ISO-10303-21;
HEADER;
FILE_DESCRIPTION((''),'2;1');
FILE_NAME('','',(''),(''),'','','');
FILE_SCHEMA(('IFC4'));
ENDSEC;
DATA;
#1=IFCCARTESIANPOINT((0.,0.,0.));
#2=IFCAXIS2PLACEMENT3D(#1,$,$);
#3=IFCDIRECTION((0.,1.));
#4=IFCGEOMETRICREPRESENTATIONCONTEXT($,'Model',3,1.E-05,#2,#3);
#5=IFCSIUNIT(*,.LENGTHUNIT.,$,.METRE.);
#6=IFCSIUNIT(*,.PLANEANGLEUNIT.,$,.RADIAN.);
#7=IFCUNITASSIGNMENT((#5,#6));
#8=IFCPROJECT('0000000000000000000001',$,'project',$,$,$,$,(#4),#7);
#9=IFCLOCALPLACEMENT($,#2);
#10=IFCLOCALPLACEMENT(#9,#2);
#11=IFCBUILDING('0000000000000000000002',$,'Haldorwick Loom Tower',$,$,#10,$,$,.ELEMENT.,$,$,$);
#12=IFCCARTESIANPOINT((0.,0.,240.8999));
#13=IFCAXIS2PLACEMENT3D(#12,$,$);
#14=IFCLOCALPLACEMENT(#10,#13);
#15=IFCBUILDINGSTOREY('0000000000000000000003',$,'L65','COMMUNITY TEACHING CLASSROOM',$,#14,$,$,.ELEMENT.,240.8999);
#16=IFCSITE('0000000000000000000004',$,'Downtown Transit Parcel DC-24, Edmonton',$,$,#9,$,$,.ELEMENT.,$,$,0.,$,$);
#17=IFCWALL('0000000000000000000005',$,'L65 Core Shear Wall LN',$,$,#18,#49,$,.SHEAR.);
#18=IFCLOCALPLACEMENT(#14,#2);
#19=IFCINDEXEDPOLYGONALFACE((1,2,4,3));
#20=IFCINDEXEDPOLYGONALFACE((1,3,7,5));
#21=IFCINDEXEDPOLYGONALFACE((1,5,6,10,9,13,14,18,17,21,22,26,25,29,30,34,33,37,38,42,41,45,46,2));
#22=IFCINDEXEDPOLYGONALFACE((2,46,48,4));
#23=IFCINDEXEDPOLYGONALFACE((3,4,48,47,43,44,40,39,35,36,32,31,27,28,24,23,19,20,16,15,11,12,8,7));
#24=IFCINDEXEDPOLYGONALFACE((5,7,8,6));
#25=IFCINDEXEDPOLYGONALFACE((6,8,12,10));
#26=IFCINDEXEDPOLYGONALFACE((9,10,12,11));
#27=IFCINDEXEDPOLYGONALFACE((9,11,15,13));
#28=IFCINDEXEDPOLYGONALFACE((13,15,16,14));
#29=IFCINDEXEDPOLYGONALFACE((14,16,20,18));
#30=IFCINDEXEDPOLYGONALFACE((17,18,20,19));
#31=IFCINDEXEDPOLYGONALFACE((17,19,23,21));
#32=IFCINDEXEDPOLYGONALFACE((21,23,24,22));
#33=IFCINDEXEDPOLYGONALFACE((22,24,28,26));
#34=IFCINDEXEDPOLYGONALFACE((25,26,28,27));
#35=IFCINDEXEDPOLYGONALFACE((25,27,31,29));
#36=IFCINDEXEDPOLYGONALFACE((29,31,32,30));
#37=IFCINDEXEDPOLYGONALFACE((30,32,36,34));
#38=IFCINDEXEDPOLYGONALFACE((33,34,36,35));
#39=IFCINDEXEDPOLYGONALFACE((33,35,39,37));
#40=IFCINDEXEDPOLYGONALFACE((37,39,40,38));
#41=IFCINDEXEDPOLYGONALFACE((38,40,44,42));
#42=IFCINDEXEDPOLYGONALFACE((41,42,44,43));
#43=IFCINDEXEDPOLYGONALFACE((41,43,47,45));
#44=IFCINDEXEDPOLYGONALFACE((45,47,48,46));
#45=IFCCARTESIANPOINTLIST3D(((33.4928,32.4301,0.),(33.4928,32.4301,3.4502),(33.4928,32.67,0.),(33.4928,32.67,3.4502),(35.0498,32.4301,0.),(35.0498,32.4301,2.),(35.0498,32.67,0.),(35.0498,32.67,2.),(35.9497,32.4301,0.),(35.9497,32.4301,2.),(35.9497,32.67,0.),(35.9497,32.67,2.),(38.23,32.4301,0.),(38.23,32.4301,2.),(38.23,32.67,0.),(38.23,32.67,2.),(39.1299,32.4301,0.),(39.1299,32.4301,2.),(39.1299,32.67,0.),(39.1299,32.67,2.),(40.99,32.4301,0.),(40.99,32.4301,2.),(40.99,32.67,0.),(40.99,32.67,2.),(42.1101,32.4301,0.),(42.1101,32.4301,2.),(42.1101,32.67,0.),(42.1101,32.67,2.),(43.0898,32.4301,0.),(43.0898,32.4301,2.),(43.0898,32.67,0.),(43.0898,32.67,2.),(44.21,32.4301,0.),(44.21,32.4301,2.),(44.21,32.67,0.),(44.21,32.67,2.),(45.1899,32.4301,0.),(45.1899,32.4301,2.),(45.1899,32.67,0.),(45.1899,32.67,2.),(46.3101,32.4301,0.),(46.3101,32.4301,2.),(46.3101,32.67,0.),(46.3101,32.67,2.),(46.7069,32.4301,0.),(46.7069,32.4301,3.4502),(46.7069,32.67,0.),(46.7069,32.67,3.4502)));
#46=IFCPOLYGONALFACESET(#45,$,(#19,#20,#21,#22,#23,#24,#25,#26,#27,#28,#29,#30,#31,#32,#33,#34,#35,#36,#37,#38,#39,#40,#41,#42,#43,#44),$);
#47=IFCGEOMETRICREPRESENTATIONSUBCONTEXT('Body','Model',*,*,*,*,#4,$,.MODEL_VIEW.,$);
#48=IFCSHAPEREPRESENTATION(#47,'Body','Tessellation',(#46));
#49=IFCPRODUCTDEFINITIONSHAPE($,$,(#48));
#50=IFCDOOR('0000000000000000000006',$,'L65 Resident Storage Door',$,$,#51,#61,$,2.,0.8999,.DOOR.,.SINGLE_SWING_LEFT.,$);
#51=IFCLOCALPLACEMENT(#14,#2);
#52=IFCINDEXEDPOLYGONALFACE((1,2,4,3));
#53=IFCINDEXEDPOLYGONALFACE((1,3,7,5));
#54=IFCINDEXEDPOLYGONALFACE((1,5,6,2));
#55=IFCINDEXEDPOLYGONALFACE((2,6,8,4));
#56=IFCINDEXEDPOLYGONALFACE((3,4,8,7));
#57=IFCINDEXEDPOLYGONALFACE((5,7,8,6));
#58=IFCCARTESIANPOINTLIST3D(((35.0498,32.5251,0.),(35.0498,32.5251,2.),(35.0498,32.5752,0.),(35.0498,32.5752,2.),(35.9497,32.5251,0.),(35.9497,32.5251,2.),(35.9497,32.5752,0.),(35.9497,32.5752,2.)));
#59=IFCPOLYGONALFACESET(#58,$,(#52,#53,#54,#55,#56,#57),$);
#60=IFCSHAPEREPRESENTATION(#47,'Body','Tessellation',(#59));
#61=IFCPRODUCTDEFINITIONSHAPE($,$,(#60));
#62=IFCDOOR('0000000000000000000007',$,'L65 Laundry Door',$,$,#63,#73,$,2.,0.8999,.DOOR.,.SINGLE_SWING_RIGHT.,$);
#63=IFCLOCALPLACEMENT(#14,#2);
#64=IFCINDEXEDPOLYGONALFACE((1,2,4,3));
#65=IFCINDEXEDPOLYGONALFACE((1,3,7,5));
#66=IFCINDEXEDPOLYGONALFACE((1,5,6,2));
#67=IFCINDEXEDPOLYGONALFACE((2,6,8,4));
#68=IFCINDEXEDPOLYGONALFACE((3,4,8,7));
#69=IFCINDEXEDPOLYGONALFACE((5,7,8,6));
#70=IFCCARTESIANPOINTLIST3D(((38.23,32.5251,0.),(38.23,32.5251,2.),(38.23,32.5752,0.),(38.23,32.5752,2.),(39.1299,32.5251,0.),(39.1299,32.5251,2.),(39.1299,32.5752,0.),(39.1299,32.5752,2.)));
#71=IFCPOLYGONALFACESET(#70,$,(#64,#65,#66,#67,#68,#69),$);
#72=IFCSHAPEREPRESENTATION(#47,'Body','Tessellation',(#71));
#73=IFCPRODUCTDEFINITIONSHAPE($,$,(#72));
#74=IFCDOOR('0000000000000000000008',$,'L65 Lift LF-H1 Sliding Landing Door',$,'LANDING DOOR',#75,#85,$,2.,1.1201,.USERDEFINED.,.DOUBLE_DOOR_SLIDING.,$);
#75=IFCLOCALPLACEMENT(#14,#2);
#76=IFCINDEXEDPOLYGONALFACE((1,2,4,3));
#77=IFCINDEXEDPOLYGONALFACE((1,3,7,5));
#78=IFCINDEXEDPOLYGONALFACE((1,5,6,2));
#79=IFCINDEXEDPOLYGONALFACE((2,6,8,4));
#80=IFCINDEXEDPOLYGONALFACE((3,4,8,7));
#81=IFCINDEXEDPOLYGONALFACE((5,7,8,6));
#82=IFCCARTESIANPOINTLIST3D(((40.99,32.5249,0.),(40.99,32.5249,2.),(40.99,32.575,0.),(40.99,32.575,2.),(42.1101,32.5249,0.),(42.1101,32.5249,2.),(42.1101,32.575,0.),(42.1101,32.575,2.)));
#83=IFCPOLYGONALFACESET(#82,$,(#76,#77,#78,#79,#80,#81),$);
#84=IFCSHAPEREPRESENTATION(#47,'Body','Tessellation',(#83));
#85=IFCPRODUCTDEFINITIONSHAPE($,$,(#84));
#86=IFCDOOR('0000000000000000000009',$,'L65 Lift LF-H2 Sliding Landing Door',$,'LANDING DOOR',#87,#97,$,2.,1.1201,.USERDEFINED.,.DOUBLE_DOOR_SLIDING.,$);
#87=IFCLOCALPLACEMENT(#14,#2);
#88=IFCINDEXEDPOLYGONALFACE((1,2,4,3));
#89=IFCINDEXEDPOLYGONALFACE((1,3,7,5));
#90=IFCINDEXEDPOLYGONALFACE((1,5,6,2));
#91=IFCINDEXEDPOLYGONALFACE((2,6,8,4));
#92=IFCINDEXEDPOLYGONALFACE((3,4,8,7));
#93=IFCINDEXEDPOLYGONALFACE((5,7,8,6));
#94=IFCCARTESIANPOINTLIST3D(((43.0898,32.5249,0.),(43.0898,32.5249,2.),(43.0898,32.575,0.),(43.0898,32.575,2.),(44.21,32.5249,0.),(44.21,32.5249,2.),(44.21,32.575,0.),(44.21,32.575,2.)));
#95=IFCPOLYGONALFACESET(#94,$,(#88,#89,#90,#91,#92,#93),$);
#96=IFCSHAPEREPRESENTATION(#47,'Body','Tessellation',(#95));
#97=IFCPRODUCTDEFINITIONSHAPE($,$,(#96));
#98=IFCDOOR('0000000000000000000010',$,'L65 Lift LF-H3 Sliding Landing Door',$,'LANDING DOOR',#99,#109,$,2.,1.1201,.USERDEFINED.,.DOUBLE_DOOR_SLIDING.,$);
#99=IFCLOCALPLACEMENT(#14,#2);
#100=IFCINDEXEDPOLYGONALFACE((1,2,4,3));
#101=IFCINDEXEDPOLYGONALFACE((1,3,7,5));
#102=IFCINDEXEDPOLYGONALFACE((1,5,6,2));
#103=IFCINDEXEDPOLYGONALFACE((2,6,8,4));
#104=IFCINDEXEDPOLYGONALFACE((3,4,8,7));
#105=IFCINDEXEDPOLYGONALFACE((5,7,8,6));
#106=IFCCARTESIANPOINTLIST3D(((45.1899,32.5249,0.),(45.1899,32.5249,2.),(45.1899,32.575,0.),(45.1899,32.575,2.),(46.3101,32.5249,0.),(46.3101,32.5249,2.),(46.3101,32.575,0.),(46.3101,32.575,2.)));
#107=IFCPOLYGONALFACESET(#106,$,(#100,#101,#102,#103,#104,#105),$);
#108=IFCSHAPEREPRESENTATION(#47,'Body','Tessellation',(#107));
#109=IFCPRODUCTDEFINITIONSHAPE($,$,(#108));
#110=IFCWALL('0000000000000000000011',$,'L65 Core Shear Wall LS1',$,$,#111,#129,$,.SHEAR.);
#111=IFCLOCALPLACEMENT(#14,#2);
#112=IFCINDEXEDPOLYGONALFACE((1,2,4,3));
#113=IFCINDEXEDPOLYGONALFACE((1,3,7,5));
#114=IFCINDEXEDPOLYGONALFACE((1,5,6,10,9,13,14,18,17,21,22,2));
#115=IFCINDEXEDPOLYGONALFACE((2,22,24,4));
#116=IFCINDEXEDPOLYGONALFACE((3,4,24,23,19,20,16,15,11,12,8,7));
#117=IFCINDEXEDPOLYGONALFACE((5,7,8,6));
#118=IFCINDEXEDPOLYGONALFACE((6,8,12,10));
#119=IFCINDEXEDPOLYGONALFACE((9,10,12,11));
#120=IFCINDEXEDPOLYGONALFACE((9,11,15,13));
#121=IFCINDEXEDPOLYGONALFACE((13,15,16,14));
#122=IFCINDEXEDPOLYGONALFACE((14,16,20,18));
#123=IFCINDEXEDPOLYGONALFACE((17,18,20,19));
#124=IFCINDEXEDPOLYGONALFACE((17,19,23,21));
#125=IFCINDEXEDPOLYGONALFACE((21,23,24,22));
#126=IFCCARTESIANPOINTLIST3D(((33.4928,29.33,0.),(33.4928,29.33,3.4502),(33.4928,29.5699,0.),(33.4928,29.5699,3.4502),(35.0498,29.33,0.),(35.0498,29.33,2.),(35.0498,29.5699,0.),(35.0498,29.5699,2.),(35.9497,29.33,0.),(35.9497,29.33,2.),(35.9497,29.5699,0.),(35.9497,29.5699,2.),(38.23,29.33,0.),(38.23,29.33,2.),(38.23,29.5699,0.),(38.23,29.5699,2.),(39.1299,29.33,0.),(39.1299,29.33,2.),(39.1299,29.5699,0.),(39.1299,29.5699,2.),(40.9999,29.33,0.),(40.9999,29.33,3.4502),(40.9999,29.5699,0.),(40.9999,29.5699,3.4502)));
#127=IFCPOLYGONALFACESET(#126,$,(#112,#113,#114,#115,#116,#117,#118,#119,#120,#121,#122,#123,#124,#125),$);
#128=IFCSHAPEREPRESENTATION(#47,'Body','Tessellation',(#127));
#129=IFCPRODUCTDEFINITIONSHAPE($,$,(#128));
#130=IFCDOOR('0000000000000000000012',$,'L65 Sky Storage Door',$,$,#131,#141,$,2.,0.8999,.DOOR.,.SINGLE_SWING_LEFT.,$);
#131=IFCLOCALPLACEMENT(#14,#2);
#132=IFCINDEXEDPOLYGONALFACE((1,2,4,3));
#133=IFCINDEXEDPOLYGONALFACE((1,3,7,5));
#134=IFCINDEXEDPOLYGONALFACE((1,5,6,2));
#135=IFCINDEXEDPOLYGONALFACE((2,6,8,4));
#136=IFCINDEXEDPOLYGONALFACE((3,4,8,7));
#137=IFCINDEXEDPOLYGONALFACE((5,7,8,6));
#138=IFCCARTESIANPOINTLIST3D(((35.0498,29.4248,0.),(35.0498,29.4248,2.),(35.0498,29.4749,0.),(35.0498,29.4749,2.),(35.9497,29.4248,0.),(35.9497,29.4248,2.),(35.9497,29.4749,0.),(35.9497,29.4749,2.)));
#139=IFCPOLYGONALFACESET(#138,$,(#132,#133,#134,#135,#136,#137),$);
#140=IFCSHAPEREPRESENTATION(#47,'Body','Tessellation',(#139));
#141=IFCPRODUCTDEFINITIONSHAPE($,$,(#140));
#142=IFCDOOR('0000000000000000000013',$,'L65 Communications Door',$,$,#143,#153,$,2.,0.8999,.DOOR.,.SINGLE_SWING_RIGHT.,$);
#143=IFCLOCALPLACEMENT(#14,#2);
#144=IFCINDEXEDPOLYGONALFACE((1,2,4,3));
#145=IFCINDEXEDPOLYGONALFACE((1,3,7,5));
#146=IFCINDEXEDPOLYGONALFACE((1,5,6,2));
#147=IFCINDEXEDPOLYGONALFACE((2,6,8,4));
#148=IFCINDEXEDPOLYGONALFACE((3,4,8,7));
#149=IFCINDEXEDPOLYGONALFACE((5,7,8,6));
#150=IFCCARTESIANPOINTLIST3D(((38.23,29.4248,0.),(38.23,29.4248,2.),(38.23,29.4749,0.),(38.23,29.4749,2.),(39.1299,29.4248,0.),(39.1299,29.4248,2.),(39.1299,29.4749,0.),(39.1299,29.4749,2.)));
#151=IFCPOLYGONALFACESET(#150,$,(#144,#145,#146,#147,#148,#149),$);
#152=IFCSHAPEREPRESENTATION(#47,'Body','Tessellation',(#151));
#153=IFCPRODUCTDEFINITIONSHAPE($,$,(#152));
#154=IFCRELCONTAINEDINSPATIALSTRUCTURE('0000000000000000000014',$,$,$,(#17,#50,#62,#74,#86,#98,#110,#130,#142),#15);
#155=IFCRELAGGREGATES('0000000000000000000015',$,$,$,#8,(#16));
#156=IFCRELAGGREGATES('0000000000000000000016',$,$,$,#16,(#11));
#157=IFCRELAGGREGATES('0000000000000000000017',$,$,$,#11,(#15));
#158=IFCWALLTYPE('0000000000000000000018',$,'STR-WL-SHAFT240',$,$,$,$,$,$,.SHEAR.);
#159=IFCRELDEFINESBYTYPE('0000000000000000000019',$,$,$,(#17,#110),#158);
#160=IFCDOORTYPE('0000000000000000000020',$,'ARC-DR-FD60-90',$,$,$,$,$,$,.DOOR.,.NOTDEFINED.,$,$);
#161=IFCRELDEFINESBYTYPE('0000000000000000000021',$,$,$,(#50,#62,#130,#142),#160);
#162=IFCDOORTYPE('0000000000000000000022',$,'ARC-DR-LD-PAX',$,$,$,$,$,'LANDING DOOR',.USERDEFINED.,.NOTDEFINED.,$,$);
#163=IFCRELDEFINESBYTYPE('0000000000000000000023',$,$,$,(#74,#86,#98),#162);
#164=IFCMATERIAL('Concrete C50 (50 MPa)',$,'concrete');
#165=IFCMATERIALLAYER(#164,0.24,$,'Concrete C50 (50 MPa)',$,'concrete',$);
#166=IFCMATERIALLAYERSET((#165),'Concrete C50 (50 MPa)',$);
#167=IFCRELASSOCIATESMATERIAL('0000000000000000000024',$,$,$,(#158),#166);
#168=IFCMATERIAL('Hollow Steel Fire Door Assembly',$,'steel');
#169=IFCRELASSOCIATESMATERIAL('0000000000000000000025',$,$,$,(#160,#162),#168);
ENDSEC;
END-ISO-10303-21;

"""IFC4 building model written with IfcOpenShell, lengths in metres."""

from ifc_helpers import new_model, si_unit, direction, frame, frame_2d, origin, place, context, subcontext, project, spatial, rectangle, extrude, material, layer, layer_set, type_object, element, fill, save


model = new_model("IFC4")

# Units and contexts
model_context = context("Model", 3, precision=1e-05, world=origin(), true_north=direction((0.0, 1.0)))
body_context = subcontext(model_context, "Body", "Model", "MODEL_VIEW")
ifc_project = project(units=[si_unit("LENGTHUNIT", "METRE"), si_unit("PLANEANGLEUNIT", "RADIAN")], contexts=[model_context])

# Site, building, storey
site_placement = place(None, origin())
site = spatial("IfcSite", under=ifc_project, at=site_placement, Name="Downtown Transit Parcel DC-24, Edmonton", CompositionType="ELEMENT", RefElevation=0.0)
building_placement = place(site_placement, origin())
building = spatial("IfcBuilding", under=site, at=building_placement, Name="Haldorwick Loom Tower", CompositionType="ELEMENT")
storey_placement = place(building_placement, frame((0.0, 0.0, 240.8999)))
storey = spatial("IfcBuildingStorey", under=building, at=storey_placement, Name="L65", Description="COMMUNITY TEACHING CLASSROOM", CompositionType="ELEMENT", Elevation=240.8999)

# Shared definitions
ifc_material_1 = material(Name="Concrete C50 (50 MPa)", Category="concrete")
ifc_layer_1 = layer(ifc_material_1, 0.24, Name="Concrete C50 (50 MPa)", Category="concrete")
ifc_layer_set_1 = layer_set([ifc_layer_1], Name="Concrete C50 (50 MPa)")
wall_type_1 = type_object("IfcWallType", Name="STR-WL-SHAFT240", PredefinedType="SHEAR", material=ifc_layer_set_1)

# Shared definitions
ifc_material_2 = material(Name="Hollow Steel Fire Door Assembly", Category="steel")

# Walls, openings, doors
wall_1_placement = place(storey_placement, frame((33.4929, 32.55, 0.0), z_axis=(0.0, 0.0, 1.0), x_axis=(1.0, 0.0, 0.0)))
wall_1 = element("IfcWall", 1, at=wall_1_placement, inside=storey, type_object=wall_type_1, Name="L65 Core Shear Wall LN", PredefinedType="SHEAR", context=body_context, shape_type="SweptSolid", body=[
    extrude(rectangle(XDim=13.2141, YDim=0.24, at=frame_2d((6.6069, 0.0))), origin(), (0.0, 0.0, 1.0), 3.4502),
])
opening_1_placement = place(wall_1_placement, frame((1.5569, 0.0, 0.0)))
opening_1 = element("IfcOpeningElement", 2, at=opening_1_placement, cuts=wall_1, PredefinedType="OPENING", context=body_context, shape_type="SweptSolid", body=[
    extrude(rectangle(XDim=0.8999, YDim=2.0, at=frame_2d((0.45, 1.0))), frame((0.0, 0.1299, 0.0), z_axis=(0.0, -1.0, 0.0), x_axis=(1.0, 0.0, 0.0)), (0.0, 0.0, 1.0), 0.26),
])
opening_2_placement = place(wall_1_placement, frame((4.7371, 0.0, 0.0)))
opening_2 = element("IfcOpeningElement", 3, at=opening_2_placement, cuts=wall_1, PredefinedType="OPENING", context=body_context, shape_type="SweptSolid", body=[
    extrude(rectangle(XDim=0.8999, YDim=2.0, at=frame_2d((0.45, 1.0))), frame((0.0, 0.1299, 0.0), z_axis=(0.0, -1.0, 0.0), x_axis=(1.0, 0.0, 0.0)), (0.0, 0.0, 1.0), 0.26),
])
opening_3_placement = place(wall_1_placement, frame((7.4971, 0.0, 0.0)))
opening_3 = element("IfcOpeningElement", 4, at=opening_3_placement, cuts=wall_1, PredefinedType="OPENING", context=body_context, shape_type="SweptSolid", body=[
    extrude(rectangle(XDim=1.1201, YDim=2.0, at=frame_2d((0.5601, 1.0))), frame((0.0, 0.1299, 0.0), z_axis=(0.0, -1.0, 0.0), x_axis=(1.0, 0.0, 0.0)), (0.0, 0.0, 1.0), 0.26),
])
opening_4_placement = place(wall_1_placement, frame((9.5969, 0.0, 0.0)))
opening_4 = element("IfcOpeningElement", 5, at=opening_4_placement, cuts=wall_1, PredefinedType="OPENING", context=body_context, shape_type="SweptSolid", body=[
    extrude(rectangle(XDim=1.1201, YDim=2.0, at=frame_2d((0.5601, 1.0))), frame((0.0, 0.1299, 0.0), z_axis=(0.0, -1.0, 0.0), x_axis=(1.0, 0.0, 0.0)), (0.0, 0.0, 1.0), 0.26),
])
opening_5_placement = place(wall_1_placement, frame((11.697, 0.0, 0.0)))
opening_5 = element("IfcOpeningElement", 6, at=opening_5_placement, cuts=wall_1, PredefinedType="OPENING", context=body_context, shape_type="SweptSolid", body=[
    extrude(rectangle(XDim=1.1201, YDim=2.0, at=frame_2d((0.5601, 1.0))), frame((0.0, 0.1299, 0.0), z_axis=(0.0, -1.0, 0.0), x_axis=(1.0, 0.0, 0.0)), (0.0, 0.0, 1.0), 0.26),
])
door_type_1 = type_object("IfcDoorType", Name="ARC-DR-FD60-90", OperationType="NOTDEFINED", PredefinedType="DOOR", material=ifc_material_2)
door_1_placement = place(opening_1_placement, frame((0.8999, 0.0, 0.0), z_axis=(0.0, 0.0, 1.0), x_axis=(-1.0, 0.0, 0.0)))
door_1 = element("IfcDoor", 7, at=door_1_placement, inside=storey, type_object=door_type_1, Name="L65 Resident Storage Door", OperationType="SINGLE_SWING_LEFT", OverallHeight=2.0, OverallWidth=0.8999, PredefinedType="DOOR", context=body_context, shape_type="SweptSolid", body=[
    extrude(rectangle(XDim=0.8999, YDim=2.0, at=frame_2d((0.45, 1.0))), frame((0.0, 0.0249, 0.0), z_axis=(0.0, -1.0, 0.0), x_axis=(1.0, 0.0, 0.0)), (0.0, 0.0, 1.0), 0.05),
])
fill(opening_1, door_1)
door_2_placement = place(opening_2_placement, frame((0.8999, 0.0, 0.0), z_axis=(0.0, 0.0, 1.0), x_axis=(-1.0, 0.0, 0.0)))
door_2 = element("IfcDoor", 8, at=door_2_placement, inside=storey, type_object=door_type_1, Name="L65 Laundry Door", OperationType="SINGLE_SWING_RIGHT", OverallHeight=2.0, OverallWidth=0.8999, PredefinedType="DOOR", context=body_context, shape_type="SweptSolid", body=[
    extrude(rectangle(XDim=0.8999, YDim=2.0, at=frame_2d((0.45, 1.0))), frame((0.0, 0.0249, 0.0), z_axis=(0.0, -1.0, 0.0), x_axis=(1.0, 0.0, 0.0)), (0.0, 0.0, 1.0), 0.05),
])
fill(opening_2, door_2)
door_type_2 = type_object("IfcDoorType", Name="ARC-DR-LD-PAX", ElementType="LANDING DOOR", OperationType="NOTDEFINED", PredefinedType="USERDEFINED", material=ifc_material_2)
door_3_placement = place(opening_3_placement, origin())
door_3 = element("IfcDoor", 9, at=door_3_placement, inside=storey, type_object=door_type_2, Name="L65 Lift LF-H1 Sliding Landing Door", ObjectType="LANDING DOOR", OperationType="DOUBLE_DOOR_SLIDING", OverallHeight=2.0, OverallWidth=1.1201, PredefinedType="USERDEFINED", context=body_context, shape_type="SweptSolid", body=[
    extrude(rectangle(XDim=1.1201, YDim=2.0, at=frame_2d((0.5601, 1.0))), frame((0.0, 0.0249, 0.0), z_axis=(0.0, -1.0, 0.0), x_axis=(1.0, 0.0, 0.0)), (0.0, 0.0, 1.0), 0.05),
])
fill(opening_3, door_3)
door_4_placement = place(opening_4_placement, origin())
door_4 = element("IfcDoor", 10, at=door_4_placement, inside=storey, type_object=door_type_2, Name="L65 Lift LF-H2 Sliding Landing Door", ObjectType="LANDING DOOR", OperationType="DOUBLE_DOOR_SLIDING", OverallHeight=2.0, OverallWidth=1.1201, PredefinedType="USERDEFINED", context=body_context, shape_type="SweptSolid", body=[
    extrude(rectangle(XDim=1.1201, YDim=2.0, at=frame_2d((0.5601, 1.0))), frame((0.0, 0.0249, 0.0), z_axis=(0.0, -1.0, 0.0), x_axis=(1.0, 0.0, 0.0)), (0.0, 0.0, 1.0), 0.05),
])
fill(opening_4, door_4)
door_5_placement = place(opening_5_placement, origin())
door_5 = element("IfcDoor", 11, at=door_5_placement, inside=storey, type_object=door_type_2, Name="L65 Lift LF-H3 Sliding Landing Door", ObjectType="LANDING DOOR", OperationType="DOUBLE_DOOR_SLIDING", OverallHeight=2.0, OverallWidth=1.1201, PredefinedType="USERDEFINED", context=body_context, shape_type="SweptSolid", body=[
    extrude(rectangle(XDim=1.1201, YDim=2.0, at=frame_2d((0.5601, 1.0))), frame((0.0, 0.0249, 0.0), z_axis=(0.0, -1.0, 0.0), x_axis=(1.0, 0.0, 0.0)), (0.0, 0.0, 1.0), 0.05),
])
fill(opening_5, door_5)
wall_2_placement = place(storey_placement, frame((33.4929, 29.45, 0.0), z_axis=(0.0, 0.0, 1.0), x_axis=(1.0, 0.0, 0.0)))
wall_2 = element("IfcWall", 12, at=wall_2_placement, inside=storey, type_object=wall_type_1, Name="L65 Core Shear Wall LS1", PredefinedType="SHEAR", context=body_context, shape_type="SweptSolid", body=[
    extrude(rectangle(XDim=7.5071, YDim=0.24, at=frame_2d((3.7534, 0.0))), origin(), (0.0, 0.0, 1.0), 3.4502),
])
opening_6_placement = place(wall_2_placement, frame((1.5569, 0.0, 0.0)))
opening_6 = element("IfcOpeningElement", 13, at=opening_6_placement, cuts=wall_2, PredefinedType="OPENING", context=body_context, shape_type="SweptSolid", body=[
    extrude(rectangle(XDim=0.8999, YDim=2.0, at=frame_2d((0.45, 1.0))), frame((0.0, 0.1299, 0.0), z_axis=(0.0, -1.0, 0.0), x_axis=(1.0, 0.0, 0.0)), (0.0, 0.0, 1.0), 0.26),
])
opening_7_placement = place(wall_2_placement, frame((4.7371, 0.0, 0.0)))
opening_7 = element("IfcOpeningElement", 14, at=opening_7_placement, cuts=wall_2, PredefinedType="OPENING", context=body_context, shape_type="SweptSolid", body=[
    extrude(rectangle(XDim=0.8999, YDim=2.0, at=frame_2d((0.45, 1.0))), frame((0.0, 0.1299, 0.0), z_axis=(0.0, -1.0, 0.0), x_axis=(1.0, 0.0, 0.0)), (0.0, 0.0, 1.0), 0.26),
])
door_6_placement = place(opening_6_placement, origin())
door_6 = element("IfcDoor", 15, at=door_6_placement, inside=storey, type_object=door_type_1, Name="L65 Sky Storage Door", OperationType="SINGLE_SWING_LEFT", OverallHeight=2.0, OverallWidth=0.8999, PredefinedType="DOOR", context=body_context, shape_type="SweptSolid", body=[
    extrude(rectangle(XDim=0.8999, YDim=2.0, at=frame_2d((0.45, 1.0))), frame((0.0, 0.0249, 0.0), z_axis=(0.0, -1.0, 0.0), x_axis=(1.0, 0.0, 0.0)), (0.0, 0.0, 1.0), 0.05),
])
fill(opening_6, door_6)
door_7_placement = place(opening_7_placement, origin())
door_7 = element("IfcDoor", 16, at=door_7_placement, inside=storey, type_object=door_type_1, Name="L65 Communications Door", OperationType="SINGLE_SWING_RIGHT", OverallHeight=2.0, OverallWidth=0.8999, PredefinedType="DOOR", context=body_context, shape_type="SweptSolid", body=[
    extrude(rectangle(XDim=0.8999, YDim=2.0, at=frame_2d((0.45, 1.0))), frame((0.0, 0.0249, 0.0), z_axis=(0.0, -1.0, 0.0), x_axis=(1.0, 0.0, 0.0)), (0.0, 0.0, 1.0), 0.05),
])
fill(opening_7, door_7)

save(model, "model.ifc")
